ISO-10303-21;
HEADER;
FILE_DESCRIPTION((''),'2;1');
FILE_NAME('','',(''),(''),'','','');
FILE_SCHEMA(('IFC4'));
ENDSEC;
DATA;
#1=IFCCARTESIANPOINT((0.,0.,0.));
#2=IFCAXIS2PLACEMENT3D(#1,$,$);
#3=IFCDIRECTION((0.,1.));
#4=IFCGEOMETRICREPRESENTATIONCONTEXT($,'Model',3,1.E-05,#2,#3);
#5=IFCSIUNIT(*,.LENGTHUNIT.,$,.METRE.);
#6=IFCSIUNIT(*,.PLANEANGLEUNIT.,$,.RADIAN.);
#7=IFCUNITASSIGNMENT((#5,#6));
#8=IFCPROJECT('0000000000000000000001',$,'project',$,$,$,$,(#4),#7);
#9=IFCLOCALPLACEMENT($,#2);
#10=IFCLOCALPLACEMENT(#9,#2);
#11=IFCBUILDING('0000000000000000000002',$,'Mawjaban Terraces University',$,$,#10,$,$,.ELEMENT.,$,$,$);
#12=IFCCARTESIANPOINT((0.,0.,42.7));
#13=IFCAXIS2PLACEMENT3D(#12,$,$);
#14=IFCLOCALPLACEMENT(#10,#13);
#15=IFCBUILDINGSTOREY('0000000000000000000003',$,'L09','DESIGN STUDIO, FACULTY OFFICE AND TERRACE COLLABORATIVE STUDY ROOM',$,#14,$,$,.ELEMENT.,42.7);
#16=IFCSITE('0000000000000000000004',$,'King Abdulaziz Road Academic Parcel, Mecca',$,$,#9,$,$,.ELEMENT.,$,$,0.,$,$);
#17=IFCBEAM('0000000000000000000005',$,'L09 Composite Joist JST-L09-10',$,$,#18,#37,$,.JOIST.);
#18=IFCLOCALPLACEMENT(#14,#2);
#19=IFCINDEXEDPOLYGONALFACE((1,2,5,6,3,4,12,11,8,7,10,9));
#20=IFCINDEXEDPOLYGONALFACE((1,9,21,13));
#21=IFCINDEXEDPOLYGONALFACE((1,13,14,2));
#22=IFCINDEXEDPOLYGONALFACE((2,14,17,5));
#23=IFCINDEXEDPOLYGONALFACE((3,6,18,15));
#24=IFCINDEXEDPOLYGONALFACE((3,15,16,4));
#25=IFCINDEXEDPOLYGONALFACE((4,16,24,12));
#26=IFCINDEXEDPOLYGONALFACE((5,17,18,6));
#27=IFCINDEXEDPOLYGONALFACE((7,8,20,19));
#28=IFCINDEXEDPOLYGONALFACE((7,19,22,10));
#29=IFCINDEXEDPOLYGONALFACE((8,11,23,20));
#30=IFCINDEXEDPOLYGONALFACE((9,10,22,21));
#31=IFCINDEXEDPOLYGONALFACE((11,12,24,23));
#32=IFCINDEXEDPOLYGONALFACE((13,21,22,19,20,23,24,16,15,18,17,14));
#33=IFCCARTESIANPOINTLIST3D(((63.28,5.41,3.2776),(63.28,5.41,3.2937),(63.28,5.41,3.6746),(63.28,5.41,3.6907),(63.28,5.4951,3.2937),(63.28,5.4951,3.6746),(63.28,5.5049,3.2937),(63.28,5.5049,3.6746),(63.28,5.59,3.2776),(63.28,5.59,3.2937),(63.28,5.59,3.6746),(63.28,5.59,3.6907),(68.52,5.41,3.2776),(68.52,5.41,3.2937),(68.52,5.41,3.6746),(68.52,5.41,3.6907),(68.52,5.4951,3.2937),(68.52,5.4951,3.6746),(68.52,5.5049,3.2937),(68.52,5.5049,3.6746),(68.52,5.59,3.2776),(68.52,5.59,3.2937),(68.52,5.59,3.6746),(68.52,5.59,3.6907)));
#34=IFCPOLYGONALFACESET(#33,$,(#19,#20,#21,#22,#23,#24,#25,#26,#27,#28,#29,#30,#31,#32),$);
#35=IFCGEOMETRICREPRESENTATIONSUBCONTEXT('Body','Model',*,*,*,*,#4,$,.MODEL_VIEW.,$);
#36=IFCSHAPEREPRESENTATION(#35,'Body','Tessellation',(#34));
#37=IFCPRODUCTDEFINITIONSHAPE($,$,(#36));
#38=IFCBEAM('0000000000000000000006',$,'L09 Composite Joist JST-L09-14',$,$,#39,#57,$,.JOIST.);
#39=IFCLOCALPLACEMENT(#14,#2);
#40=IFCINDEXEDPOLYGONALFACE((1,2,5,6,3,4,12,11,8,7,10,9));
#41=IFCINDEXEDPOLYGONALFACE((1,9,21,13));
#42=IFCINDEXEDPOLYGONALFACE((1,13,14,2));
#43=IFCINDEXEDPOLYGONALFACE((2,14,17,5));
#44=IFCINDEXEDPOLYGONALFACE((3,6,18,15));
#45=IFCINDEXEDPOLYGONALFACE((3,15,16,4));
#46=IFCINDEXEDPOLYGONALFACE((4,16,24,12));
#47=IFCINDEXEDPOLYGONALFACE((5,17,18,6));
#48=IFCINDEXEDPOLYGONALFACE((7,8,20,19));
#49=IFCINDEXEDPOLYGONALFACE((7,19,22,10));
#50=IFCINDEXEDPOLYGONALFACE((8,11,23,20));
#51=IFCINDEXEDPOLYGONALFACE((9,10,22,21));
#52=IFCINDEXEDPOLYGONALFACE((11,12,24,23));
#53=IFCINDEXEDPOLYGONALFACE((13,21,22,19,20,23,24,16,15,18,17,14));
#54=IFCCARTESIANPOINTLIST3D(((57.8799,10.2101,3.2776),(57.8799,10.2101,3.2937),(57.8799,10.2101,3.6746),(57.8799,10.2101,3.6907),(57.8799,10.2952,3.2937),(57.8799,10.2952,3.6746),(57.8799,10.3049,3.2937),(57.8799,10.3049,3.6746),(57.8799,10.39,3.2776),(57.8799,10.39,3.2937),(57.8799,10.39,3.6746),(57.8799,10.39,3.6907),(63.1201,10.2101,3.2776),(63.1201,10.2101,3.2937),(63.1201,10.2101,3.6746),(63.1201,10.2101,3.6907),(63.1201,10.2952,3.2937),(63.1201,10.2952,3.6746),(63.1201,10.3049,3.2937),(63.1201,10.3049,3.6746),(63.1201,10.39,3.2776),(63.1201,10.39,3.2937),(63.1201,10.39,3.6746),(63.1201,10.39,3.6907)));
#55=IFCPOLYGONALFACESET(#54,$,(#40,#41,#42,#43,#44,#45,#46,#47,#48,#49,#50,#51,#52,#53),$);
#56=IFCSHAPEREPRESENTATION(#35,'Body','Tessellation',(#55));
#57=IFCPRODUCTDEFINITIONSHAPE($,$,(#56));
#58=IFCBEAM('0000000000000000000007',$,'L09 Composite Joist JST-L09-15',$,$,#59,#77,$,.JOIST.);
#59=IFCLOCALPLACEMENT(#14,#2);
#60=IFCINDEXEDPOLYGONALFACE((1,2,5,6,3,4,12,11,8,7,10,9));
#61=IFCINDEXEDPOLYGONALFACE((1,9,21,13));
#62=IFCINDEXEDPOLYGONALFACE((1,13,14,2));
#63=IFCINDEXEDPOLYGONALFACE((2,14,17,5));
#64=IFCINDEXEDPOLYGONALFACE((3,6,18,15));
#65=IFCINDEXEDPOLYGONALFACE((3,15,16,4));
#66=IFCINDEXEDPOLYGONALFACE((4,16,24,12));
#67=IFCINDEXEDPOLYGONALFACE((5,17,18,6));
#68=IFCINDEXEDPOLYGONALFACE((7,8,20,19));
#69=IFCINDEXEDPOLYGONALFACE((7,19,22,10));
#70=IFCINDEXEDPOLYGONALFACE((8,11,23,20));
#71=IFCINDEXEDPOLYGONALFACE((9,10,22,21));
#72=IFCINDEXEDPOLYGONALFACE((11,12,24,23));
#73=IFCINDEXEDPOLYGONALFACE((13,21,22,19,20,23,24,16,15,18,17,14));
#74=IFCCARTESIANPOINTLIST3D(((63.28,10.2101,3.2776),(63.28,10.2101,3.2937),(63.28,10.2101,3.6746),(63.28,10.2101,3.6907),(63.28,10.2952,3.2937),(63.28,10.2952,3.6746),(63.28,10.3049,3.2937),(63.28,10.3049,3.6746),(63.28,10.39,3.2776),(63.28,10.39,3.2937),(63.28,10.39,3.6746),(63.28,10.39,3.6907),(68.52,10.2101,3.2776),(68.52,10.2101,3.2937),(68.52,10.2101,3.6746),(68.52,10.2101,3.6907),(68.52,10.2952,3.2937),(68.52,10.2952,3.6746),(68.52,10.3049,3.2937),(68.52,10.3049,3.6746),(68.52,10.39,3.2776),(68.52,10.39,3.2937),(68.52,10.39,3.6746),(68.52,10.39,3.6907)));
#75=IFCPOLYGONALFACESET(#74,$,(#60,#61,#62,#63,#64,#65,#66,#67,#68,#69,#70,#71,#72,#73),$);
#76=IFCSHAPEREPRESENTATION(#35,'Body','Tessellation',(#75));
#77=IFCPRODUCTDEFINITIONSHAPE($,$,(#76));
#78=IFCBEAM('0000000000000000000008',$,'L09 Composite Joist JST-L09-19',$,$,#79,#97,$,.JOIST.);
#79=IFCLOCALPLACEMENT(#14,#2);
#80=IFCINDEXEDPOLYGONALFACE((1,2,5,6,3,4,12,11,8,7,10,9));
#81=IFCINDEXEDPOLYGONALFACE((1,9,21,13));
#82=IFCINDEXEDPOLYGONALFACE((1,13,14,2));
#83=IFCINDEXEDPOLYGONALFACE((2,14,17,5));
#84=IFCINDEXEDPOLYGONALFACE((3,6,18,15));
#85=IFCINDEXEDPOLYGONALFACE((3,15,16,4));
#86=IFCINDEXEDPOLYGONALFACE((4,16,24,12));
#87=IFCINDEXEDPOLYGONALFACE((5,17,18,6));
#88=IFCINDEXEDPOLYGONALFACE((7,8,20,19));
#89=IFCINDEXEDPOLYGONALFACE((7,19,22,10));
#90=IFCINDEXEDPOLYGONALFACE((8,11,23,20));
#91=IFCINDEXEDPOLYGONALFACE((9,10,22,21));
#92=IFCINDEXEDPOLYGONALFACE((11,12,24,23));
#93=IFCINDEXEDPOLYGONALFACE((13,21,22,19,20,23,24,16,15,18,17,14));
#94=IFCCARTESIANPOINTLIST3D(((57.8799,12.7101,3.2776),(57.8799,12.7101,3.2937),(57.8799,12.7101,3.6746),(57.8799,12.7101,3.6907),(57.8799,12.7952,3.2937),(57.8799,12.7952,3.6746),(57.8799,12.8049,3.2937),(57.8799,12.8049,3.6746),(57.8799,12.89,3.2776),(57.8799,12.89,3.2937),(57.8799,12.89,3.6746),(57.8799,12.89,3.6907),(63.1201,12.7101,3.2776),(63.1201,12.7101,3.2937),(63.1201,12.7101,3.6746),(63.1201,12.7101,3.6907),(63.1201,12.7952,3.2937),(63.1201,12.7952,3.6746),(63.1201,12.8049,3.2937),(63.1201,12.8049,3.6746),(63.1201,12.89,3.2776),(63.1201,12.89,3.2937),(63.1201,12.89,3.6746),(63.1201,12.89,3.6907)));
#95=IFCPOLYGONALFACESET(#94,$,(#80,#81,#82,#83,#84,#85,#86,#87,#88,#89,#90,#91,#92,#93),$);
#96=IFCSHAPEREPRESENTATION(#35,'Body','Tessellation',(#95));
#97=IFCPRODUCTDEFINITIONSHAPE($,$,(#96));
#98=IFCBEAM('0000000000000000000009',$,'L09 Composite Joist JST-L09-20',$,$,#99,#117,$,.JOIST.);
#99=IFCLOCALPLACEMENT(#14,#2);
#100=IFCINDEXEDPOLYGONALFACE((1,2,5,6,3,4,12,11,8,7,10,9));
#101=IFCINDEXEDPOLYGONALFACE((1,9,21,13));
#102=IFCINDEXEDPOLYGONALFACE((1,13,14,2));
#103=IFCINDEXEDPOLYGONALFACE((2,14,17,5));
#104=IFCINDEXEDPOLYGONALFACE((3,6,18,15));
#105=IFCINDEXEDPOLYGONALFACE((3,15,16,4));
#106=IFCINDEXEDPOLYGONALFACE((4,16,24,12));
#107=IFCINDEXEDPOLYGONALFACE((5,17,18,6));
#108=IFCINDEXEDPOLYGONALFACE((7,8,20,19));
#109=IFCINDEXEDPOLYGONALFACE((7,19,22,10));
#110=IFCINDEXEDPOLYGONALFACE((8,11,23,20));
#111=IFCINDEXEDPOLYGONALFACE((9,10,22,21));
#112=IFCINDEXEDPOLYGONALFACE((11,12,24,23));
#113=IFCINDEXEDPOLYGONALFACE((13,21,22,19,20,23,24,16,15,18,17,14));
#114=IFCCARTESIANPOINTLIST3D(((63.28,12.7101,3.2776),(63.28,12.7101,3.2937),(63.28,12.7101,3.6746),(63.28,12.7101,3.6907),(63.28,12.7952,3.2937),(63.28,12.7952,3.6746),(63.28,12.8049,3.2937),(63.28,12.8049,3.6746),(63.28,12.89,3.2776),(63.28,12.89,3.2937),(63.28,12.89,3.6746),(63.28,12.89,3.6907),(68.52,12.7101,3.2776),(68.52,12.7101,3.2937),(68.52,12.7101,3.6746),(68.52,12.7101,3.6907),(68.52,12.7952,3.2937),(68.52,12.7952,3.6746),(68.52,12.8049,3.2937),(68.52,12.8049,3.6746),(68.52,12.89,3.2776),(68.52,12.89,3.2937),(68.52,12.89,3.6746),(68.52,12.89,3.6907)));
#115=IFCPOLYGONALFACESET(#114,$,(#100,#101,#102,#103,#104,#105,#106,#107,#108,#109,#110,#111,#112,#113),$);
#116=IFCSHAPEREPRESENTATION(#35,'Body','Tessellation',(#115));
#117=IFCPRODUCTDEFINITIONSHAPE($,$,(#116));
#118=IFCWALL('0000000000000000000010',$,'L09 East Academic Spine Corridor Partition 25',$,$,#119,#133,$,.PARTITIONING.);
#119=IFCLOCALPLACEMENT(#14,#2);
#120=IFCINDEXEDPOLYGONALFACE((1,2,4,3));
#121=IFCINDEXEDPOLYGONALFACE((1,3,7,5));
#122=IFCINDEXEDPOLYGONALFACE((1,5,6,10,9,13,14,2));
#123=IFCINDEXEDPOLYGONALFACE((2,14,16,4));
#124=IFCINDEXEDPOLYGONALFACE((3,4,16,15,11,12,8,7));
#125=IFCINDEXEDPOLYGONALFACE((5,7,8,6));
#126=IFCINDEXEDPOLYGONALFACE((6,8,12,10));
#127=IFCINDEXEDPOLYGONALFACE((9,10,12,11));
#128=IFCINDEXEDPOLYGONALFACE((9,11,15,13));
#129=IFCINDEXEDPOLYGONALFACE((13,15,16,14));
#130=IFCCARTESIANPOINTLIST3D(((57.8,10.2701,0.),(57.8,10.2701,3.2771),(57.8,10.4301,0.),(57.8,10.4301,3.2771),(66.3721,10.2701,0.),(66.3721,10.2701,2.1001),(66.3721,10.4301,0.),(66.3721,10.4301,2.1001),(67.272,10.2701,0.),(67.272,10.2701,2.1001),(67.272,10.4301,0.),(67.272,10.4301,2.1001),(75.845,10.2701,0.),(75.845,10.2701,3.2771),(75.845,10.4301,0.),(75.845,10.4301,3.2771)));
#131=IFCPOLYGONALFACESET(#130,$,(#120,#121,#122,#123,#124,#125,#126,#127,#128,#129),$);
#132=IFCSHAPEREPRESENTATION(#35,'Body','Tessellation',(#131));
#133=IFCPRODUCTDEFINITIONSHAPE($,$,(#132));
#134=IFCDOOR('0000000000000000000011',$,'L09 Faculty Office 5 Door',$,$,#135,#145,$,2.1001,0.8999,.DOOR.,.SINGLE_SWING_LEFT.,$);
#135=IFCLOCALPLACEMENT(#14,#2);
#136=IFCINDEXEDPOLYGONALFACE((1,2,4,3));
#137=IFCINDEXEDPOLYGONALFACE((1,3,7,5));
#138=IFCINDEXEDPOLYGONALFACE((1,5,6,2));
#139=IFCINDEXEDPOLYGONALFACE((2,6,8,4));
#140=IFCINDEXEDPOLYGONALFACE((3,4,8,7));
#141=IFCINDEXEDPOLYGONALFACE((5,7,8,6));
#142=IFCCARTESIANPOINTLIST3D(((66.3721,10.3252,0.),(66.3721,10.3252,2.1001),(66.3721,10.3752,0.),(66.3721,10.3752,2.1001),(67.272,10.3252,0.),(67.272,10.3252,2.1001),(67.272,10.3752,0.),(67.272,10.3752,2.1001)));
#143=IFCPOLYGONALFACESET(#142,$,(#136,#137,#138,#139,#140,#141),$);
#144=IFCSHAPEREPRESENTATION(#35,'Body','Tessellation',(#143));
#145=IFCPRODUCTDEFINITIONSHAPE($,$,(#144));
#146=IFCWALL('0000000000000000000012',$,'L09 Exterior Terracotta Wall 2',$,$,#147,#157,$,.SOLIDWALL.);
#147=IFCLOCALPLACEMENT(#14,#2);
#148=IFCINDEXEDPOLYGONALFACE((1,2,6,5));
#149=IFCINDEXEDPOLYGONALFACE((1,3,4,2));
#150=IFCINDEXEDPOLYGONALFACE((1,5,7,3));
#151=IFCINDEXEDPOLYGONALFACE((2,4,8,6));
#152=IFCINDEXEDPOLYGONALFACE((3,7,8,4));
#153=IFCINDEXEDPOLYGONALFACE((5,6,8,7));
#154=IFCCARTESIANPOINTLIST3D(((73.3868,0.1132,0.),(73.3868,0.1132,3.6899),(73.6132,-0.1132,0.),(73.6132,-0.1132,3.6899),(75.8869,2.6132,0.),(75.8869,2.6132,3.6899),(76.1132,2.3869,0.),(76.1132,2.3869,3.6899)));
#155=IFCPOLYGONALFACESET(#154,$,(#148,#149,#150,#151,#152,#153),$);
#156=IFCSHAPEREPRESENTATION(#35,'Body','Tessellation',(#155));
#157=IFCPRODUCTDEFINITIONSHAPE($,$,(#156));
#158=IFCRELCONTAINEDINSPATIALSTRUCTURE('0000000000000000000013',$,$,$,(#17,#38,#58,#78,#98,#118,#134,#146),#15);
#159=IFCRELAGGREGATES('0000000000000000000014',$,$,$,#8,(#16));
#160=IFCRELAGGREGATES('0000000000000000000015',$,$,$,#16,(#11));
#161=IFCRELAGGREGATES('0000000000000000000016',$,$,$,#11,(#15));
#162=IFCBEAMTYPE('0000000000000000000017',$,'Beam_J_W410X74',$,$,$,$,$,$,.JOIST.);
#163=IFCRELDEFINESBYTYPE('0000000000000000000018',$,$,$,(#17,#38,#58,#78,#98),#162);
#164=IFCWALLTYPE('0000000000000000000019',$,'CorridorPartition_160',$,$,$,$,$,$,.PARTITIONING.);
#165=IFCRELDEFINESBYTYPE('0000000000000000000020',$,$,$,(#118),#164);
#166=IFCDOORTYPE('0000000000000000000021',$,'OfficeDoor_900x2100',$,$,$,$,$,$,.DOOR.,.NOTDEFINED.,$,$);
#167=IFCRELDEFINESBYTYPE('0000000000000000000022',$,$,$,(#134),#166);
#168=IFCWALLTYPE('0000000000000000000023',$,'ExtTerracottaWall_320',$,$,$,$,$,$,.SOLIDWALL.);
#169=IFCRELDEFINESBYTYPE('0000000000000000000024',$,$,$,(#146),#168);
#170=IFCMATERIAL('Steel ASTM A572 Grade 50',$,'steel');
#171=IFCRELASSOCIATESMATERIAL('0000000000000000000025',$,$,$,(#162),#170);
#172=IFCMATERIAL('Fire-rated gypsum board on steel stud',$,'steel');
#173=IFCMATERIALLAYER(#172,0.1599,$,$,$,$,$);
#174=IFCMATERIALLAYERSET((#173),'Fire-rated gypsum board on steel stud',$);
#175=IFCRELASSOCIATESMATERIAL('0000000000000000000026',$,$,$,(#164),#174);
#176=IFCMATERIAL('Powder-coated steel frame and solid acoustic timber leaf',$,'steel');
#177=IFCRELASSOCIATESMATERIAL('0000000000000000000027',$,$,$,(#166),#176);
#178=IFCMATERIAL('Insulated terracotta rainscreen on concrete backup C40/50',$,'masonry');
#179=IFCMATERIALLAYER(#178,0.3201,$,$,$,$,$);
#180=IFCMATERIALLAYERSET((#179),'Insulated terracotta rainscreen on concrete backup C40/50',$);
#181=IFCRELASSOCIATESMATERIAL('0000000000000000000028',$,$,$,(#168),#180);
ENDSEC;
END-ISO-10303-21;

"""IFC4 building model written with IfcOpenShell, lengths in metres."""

from ifc_helpers import new_model, si_unit, direction, frame, frame_2d, origin, origin_2d, place, context, subcontext, project, spatial, rectangle, i_section, extrude, material, layer, layer_set, material_profile, profile_set, type_object, element, fill, save


model = new_model("IFC4")

# Units and contexts
model_context = context("Model", 3, precision=1e-05, world=origin(), true_north=direction((0.0, 1.0)))
body_context = subcontext(model_context, "Body", "Model", "MODEL_VIEW")
ifc_project = project(units=[si_unit("LENGTHUNIT", "METRE"), si_unit("PLANEANGLEUNIT", "RADIAN")], contexts=[model_context])

# Site, building, storey
site_placement = place(None, origin())
site = spatial("IfcSite", under=ifc_project, at=site_placement, Name="King Abdulaziz Road Academic Parcel, Mecca", CompositionType="ELEMENT", RefElevation=0.0)
building_placement = place(site_placement, origin())
building = spatial("IfcBuilding", under=site, at=building_placement, Name="Mawjaban Terraces University", CompositionType="ELEMENT")
storey_placement = place(building_placement, frame((0.0, 0.0, 42.7)))
storey = spatial("IfcBuildingStorey", under=building, at=storey_placement, Name="L09", Description="DESIGN STUDIO, FACULTY OFFICE AND TERRACE COLLABORATIVE STUDY ROOM", CompositionType="ELEMENT", Elevation=42.7)

# Beams
ifc_material_1 = material(Name="Steel ASTM A572 Grade 50", Category="steel")
ifc_material_profile_1 = material_profile(ifc_material_1, i_section(OverallWidth=0.1799, OverallDepth=0.4131, WebThickness=0.0098, FlangeThickness=0.0161, at=origin_2d()), Name="W410X74")
ifc_profile_set_1 = profile_set([ifc_material_profile_1], Name="Steel ASTM A572 Grade 50")
beam_type_1 = type_object("IfcBeamType", Name="Beam_J_W410X74", PredefinedType="JOIST", material=ifc_profile_set_1)
beam_1_placement = place(storey_placement, frame((63.28, 5.5, 3.4841), z_axis=(1.0, 0.0, 0.0), x_axis=(0.0, 1.0, 0.0)))
element("IfcBeam", 1, at=beam_1_placement, inside=storey, type_object=beam_type_1, Name="L09 Composite Joist JST-L09-10", PredefinedType="JOIST", context=body_context, shape_type="SweptSolid", body=[
    extrude(i_section(OverallWidth=0.1799, OverallDepth=0.4131, WebThickness=0.0098, FlangeThickness=0.0161, at=origin_2d()), origin(), (0.0, 0.0, 1.0), 5.24),
])
beam_2_placement = place(storey_placement, frame((57.8799, 10.3, 3.4841), z_axis=(1.0, 0.0, 0.0), x_axis=(0.0, 1.0, 0.0)))
element("IfcBeam", 2, at=beam_2_placement, inside=storey, type_object=beam_type_1, Name="L09 Composite Joist JST-L09-14", PredefinedType="JOIST", context=body_context, shape_type="SweptSolid", body=[
    extrude(i_section(OverallWidth=0.1799, OverallDepth=0.4131, WebThickness=0.0098, FlangeThickness=0.0161, at=origin_2d()), origin(), (0.0, 0.0, 1.0), 5.2402),
])
beam_3_placement = place(storey_placement, frame((63.28, 10.3, 3.4841), z_axis=(1.0, 0.0, 0.0), x_axis=(0.0, 1.0, 0.0)))
element("IfcBeam", 3, at=beam_3_placement, inside=storey, type_object=beam_type_1, Name="L09 Composite Joist JST-L09-15", PredefinedType="JOIST", context=body_context, shape_type="SweptSolid", body=[
    extrude(i_section(OverallWidth=0.1799, OverallDepth=0.4131, WebThickness=0.0098, FlangeThickness=0.0161, at=origin_2d()), origin(), (0.0, 0.0, 1.0), 5.24),
])
beam_4_placement = place(storey_placement, frame((57.8799, 12.8, 3.4841), z_axis=(1.0, 0.0, 0.0), x_axis=(0.0, 1.0, 0.0)))
element("IfcBeam", 4, at=beam_4_placement, inside=storey, type_object=beam_type_1, Name="L09 Composite Joist JST-L09-19", PredefinedType="JOIST", context=body_context, shape_type="SweptSolid", body=[
    extrude(i_section(OverallWidth=0.1799, OverallDepth=0.4131, WebThickness=0.0098, FlangeThickness=0.0161, at=origin_2d()), origin(), (0.0, 0.0, 1.0), 5.2402),
])
beam_5_placement = place(storey_placement, frame((63.28, 12.8, 3.4841), z_axis=(1.0, 0.0, 0.0), x_axis=(0.0, 1.0, 0.0)))
element("IfcBeam", 5, at=beam_5_placement, inside=storey, type_object=beam_type_1, Name="L09 Composite Joist JST-L09-20", PredefinedType="JOIST", context=body_context, shape_type="SweptSolid", body=[
    extrude(i_section(OverallWidth=0.1799, OverallDepth=0.4131, WebThickness=0.0098, FlangeThickness=0.0161, at=origin_2d()), origin(), (0.0, 0.0, 1.0), 5.24),
])

# Wall, opening, door
ifc_material_2 = material(Name="Fire-rated gypsum board on steel stud", Category="steel")
ifc_layer_1 = layer(ifc_material_2, 0.1599)
ifc_layer_set_1 = layer_set([ifc_layer_1], Name="Fire-rated gypsum board on steel stud")
wall_type_1 = type_object("IfcWallType", Name="CorridorPartition_160", PredefinedType="PARTITIONING", material=ifc_layer_set_1)
wall_1_placement = place(storey_placement, frame((75.845, 10.3501, 0.0), z_axis=(0.0, 0.0, 1.0), x_axis=(-1.0, 0.0, 0.0)))
wall_1 = element("IfcWall", 6, at=wall_1_placement, inside=storey, type_object=wall_type_1, Name="L09 East Academic Spine Corridor Partition 25", PredefinedType="PARTITIONING", context=body_context, shape_type="SweptSolid", body=[
    extrude(rectangle(XDim=18.0449, YDim=0.1599, at=frame_2d((9.0225, 0.0))), origin(), (0.0, 0.0, 1.0), 3.2771),
])
opening_1_placement = place(wall_1_placement, frame((8.573, 0.0, 0.0)))
opening_1 = element("IfcOpeningElement", 7, at=opening_1_placement, cuts=wall_1, PredefinedType="OPENING", context=body_context, shape_type="SweptSolid", body=[
    extrude(rectangle(XDim=0.8999, YDim=2.1001, at=frame_2d((0.45, 1.05))), frame((0.0, 0.0898, 0.0), z_axis=(0.0, -1.0, 0.0), x_axis=(1.0, 0.0, 0.0)), (0.0, 0.0, 1.0), 0.1799),
])
ifc_material_3 = material(Name="Powder-coated steel frame and solid acoustic timber leaf", Category="steel")
door_type = type_object("IfcDoorType", Name="OfficeDoor_900x2100", OperationType="NOTDEFINED", PredefinedType="DOOR", material=ifc_material_3)
door_placement = place(opening_1_placement, origin())
door = element("IfcDoor", 8, at=door_placement, inside=storey, type_object=door_type, Name="L09 Faculty Office 5 Door", OperationType="SINGLE_SWING_LEFT", OverallHeight=2.1001, OverallWidth=0.8999, PredefinedType="DOOR", context=body_context, shape_type="SweptSolid", body=[
    extrude(rectangle(XDim=0.8999, YDim=2.1001, at=frame_2d((0.45, 1.05))), frame((0.0, 0.0249, 0.0), z_axis=(0.0, -1.0, 0.0), x_axis=(1.0, 0.0, 0.0)), (0.0, 0.0, 1.0), 0.05),
])
fill(opening_1, door)

# Wall
ifc_material_4 = material(Name="Insulated terracotta rainscreen on concrete backup C40/50", Category="masonry")
ifc_layer_2 = layer(ifc_material_4, 0.3201)
ifc_layer_set_2 = layer_set([ifc_layer_2], Name="Insulated terracotta rainscreen on concrete backup C40/50")
wall_type_2 = type_object("IfcWallType", Name="ExtTerracottaWall_320", PredefinedType="SOLIDWALL", material=ifc_layer_set_2)
wall_2_placement = place(storey_placement, frame((73.5, 0.0, 0.0), z_axis=(0.0, 0.0, 1.0), x_axis=(0.707107, 0.707107, 0.0)))
element("IfcWall", 9, at=wall_2_placement, inside=storey, type_object=wall_type_2, Name="L09 Exterior Terracotta Wall 2", PredefinedType="SOLIDWALL", context=body_context, shape_type="SweptSolid", body=[
    extrude(rectangle(XDim=3.5356, YDim=0.3201, at=frame_2d((1.7678, 0.0))), origin(), (0.0, 0.0, 1.0), 3.6899),
])

save(model, "model.ifc")
